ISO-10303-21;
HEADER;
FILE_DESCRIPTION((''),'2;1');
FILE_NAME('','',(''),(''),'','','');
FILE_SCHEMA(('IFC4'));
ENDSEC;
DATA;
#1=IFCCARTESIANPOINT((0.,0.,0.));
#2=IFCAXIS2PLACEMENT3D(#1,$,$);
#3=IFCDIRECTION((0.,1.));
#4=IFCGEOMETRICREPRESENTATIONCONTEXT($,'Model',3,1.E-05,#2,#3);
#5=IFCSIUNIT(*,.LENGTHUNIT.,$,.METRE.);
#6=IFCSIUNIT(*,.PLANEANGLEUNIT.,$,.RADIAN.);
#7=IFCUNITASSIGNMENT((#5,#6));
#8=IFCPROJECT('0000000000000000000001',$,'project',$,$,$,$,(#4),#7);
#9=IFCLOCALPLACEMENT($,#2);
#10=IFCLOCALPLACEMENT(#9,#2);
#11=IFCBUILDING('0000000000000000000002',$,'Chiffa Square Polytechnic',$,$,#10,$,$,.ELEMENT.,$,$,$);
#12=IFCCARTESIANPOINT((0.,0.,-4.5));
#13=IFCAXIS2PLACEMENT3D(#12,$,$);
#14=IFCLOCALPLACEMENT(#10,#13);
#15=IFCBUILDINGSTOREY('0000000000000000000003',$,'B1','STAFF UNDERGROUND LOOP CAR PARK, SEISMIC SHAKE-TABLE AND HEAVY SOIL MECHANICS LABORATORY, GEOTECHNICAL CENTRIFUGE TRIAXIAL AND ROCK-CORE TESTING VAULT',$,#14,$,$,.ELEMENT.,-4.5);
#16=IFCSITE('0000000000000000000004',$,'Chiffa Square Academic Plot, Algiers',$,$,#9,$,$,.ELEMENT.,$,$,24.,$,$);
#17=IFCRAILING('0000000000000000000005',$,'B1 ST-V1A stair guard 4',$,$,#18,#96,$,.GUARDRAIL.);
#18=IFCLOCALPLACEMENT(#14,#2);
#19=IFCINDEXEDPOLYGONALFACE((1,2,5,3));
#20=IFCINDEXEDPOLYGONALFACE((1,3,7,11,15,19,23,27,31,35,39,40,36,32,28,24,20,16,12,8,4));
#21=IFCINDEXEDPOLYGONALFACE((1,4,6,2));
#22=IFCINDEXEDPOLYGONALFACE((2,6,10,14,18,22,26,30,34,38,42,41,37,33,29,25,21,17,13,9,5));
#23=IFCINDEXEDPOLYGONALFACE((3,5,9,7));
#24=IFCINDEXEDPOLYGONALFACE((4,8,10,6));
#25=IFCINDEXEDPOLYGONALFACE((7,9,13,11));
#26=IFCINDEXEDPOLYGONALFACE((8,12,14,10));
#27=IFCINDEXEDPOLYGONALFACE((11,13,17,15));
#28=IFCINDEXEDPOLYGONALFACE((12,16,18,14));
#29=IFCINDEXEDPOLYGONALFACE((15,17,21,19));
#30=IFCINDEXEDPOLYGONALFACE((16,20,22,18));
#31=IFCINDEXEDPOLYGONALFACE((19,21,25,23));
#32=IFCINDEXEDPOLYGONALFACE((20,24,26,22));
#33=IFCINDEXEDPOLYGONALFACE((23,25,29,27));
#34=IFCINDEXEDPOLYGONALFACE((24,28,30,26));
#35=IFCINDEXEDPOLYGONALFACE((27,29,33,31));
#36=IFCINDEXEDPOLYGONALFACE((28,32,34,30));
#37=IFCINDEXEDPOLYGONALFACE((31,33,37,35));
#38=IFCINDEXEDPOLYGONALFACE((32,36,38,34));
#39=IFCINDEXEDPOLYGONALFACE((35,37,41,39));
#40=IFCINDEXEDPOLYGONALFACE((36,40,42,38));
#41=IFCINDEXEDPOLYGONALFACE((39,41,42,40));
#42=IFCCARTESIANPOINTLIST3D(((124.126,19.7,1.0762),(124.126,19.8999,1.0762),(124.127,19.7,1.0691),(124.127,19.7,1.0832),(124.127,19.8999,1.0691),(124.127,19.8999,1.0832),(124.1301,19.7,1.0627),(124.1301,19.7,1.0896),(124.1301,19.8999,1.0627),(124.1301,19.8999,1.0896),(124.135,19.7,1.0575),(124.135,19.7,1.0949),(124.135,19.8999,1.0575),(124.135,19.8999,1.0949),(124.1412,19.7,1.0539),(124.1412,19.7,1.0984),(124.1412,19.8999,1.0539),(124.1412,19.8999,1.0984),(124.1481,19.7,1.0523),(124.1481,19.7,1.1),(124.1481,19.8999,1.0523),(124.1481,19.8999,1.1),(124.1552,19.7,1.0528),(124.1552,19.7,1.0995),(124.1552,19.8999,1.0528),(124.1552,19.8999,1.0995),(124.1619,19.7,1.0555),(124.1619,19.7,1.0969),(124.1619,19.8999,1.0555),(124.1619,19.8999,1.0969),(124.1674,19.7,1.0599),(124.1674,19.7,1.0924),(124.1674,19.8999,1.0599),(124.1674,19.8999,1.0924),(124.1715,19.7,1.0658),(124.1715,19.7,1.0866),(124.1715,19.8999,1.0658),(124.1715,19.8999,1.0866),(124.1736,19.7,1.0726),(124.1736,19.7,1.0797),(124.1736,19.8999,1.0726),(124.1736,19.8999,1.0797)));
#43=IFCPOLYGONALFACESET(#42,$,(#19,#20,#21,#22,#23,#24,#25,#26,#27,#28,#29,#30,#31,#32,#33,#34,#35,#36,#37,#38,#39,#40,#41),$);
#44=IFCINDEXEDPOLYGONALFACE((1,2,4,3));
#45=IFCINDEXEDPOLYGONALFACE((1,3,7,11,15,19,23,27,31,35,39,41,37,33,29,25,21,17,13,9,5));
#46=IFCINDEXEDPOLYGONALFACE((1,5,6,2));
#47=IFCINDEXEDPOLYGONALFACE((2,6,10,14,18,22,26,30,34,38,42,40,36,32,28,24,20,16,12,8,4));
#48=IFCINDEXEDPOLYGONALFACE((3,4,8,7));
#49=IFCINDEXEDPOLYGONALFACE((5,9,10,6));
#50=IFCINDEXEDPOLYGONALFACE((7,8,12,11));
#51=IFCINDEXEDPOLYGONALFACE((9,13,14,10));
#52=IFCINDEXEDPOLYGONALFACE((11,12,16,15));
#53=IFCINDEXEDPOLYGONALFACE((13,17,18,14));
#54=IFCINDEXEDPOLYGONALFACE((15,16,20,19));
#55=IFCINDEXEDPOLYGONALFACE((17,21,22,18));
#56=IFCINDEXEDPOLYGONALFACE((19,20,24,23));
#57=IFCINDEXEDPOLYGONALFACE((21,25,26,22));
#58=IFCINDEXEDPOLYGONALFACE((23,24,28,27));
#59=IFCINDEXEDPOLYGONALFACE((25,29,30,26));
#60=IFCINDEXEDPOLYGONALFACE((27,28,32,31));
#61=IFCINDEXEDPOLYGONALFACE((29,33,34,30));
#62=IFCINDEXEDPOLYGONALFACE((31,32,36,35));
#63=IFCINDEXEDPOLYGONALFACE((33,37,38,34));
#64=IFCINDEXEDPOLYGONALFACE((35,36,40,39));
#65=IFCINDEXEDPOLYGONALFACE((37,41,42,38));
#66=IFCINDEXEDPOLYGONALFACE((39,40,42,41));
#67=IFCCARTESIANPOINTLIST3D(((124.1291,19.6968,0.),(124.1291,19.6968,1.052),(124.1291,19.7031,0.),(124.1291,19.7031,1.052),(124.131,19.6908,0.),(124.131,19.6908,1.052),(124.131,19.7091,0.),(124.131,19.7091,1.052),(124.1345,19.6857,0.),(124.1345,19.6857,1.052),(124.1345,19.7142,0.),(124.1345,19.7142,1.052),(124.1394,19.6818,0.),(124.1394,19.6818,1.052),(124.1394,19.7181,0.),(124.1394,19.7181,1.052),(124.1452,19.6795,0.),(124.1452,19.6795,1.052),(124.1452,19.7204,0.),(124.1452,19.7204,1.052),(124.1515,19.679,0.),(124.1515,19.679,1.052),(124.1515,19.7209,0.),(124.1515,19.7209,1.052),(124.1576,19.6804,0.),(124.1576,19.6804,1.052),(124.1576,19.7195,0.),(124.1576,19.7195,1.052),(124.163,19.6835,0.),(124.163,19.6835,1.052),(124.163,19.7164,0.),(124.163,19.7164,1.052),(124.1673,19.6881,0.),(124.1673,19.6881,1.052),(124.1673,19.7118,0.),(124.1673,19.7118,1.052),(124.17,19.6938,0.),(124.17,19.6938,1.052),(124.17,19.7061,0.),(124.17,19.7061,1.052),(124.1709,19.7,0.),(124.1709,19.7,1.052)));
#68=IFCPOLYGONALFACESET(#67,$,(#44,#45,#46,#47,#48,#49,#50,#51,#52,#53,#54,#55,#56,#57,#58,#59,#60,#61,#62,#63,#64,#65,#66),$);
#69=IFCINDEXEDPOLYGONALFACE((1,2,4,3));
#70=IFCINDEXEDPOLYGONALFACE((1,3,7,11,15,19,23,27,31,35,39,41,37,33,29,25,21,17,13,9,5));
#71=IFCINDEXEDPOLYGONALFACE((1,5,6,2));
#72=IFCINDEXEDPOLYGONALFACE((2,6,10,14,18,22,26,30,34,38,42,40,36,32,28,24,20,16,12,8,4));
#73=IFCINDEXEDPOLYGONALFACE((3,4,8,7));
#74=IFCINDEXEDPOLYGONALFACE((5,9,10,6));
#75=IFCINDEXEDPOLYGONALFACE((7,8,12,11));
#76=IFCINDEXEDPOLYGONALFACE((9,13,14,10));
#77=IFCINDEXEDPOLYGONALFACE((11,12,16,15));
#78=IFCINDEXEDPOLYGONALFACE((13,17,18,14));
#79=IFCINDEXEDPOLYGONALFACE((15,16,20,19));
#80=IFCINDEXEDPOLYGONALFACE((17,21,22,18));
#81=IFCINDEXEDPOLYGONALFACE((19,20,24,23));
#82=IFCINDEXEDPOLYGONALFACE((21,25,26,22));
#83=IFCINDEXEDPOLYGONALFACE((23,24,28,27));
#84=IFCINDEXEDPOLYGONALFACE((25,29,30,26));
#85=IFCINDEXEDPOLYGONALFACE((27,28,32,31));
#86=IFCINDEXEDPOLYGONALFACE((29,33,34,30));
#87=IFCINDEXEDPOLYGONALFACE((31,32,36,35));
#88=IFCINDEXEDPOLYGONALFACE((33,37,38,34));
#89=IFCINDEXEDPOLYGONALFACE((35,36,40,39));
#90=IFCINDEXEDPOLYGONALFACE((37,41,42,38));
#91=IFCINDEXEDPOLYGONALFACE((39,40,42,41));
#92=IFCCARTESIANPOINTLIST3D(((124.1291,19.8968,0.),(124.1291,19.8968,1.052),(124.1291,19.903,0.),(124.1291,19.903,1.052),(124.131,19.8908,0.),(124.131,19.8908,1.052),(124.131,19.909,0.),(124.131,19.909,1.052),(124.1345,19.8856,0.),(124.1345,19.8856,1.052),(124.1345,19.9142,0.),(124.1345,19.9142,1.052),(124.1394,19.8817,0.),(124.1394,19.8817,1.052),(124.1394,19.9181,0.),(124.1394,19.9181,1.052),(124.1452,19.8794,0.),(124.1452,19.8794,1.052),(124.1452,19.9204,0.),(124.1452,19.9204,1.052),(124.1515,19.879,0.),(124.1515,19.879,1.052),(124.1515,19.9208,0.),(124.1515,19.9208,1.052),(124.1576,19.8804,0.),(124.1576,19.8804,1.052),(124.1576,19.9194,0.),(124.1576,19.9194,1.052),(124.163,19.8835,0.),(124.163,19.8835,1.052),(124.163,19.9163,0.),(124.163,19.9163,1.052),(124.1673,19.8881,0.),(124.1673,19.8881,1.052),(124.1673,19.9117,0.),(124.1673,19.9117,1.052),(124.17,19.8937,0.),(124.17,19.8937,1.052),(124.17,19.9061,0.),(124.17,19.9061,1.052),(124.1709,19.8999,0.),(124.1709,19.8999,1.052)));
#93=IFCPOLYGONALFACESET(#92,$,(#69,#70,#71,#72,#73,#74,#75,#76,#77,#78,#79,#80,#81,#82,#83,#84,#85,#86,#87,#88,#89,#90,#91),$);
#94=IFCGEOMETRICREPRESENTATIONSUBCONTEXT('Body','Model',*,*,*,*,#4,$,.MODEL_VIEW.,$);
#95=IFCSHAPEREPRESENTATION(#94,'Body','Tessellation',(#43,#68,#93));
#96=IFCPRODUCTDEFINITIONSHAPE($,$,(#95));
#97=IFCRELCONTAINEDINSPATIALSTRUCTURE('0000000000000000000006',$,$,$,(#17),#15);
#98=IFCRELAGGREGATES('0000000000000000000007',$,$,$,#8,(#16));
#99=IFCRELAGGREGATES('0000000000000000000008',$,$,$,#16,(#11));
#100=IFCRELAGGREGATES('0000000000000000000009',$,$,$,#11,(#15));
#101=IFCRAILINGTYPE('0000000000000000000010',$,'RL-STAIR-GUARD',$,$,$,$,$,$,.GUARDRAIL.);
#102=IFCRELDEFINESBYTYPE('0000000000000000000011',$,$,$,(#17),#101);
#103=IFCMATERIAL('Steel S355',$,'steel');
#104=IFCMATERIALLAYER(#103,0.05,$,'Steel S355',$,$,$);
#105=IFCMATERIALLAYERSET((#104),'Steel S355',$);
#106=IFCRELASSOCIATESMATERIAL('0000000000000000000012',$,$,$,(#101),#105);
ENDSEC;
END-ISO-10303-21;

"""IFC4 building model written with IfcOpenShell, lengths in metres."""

from ifc_helpers import new_model, si_unit, direction, frame, origin, origin_2d, place, context, subcontext, project, spatial, circle, extrude, material, layer, layer_set, type_object, element, save


model = new_model("IFC4")

# Units and contexts
model_context = context("Model", 3, precision=1e-05, world=origin(), true_north=direction((0.0, 1.0)))
body_context = subcontext(model_context, "Body", "Model", "MODEL_VIEW")
ifc_project = project(units=[si_unit("LENGTHUNIT", "METRE"), si_unit("PLANEANGLEUNIT", "RADIAN")], contexts=[model_context])

# Site, building, storey
site_placement = place(None, origin())
site = spatial("IfcSite", under=ifc_project, at=site_placement, Name="Chiffa Square Academic Plot, Algiers", CompositionType="ELEMENT", RefElevation=24.0)
building_placement = place(site_placement, origin())
building = spatial("IfcBuilding", under=site, at=building_placement, Name="Chiffa Square Polytechnic", CompositionType="ELEMENT")
storey_placement = place(building_placement, frame((0.0, 0.0, -4.5)))
storey = spatial("IfcBuildingStorey", under=building, at=storey_placement, Name="B1", Description="STAFF UNDERGROUND LOOP CAR PARK, SEISMIC SHAKE-TABLE AND HEAVY SOIL MECHANICS LABORATORY, GEOTECHNICAL CENTRIFUGE TRIAXIAL AND ROCK-CORE TESTING VAULT", CompositionType="ELEMENT", Elevation=-4.5)

# Railing
ifc_material_1 = material(Name="Steel S355", Category="steel")
ifc_layer_1 = layer(ifc_material_1, 0.05, Name="Steel S355")
ifc_layer_set_1 = layer_set([ifc_layer_1], Name="Steel S355")
railing_type_1 = type_object("IfcRailingType", Name="RL-STAIR-GUARD", PredefinedType="GUARDRAIL", material=ifc_layer_set_1)
railing_1_placement = place(storey_placement, frame((124.1499, 19.7, 0.0)))
element("IfcRailing", 1, at=railing_1_placement, inside=storey, type_object=railing_type_1, Name="B1 ST-V1A stair guard 4", PredefinedType="GUARDRAIL", context=body_context, shape_type="SweptSolid", body=[
    extrude(circle(Radius=0.0239, at=origin_2d()), frame((0.0, 0.0, 1.0762), z_axis=(0.0, 1.0, 0.0), x_axis=(-1.0, 0.0, 0.0)), (0.0, 0.0, 1.0), 0.2),
    extrude(circle(Radius=0.021, at=origin_2d()), origin(), (0.0, 0.0, 1.0), 1.052),
    extrude(circle(Radius=0.021, at=origin_2d()), frame((0.0, 0.2, 0.0)), (0.0, 0.0, 1.0), 1.052),
])

save(model, "model.ifc")
